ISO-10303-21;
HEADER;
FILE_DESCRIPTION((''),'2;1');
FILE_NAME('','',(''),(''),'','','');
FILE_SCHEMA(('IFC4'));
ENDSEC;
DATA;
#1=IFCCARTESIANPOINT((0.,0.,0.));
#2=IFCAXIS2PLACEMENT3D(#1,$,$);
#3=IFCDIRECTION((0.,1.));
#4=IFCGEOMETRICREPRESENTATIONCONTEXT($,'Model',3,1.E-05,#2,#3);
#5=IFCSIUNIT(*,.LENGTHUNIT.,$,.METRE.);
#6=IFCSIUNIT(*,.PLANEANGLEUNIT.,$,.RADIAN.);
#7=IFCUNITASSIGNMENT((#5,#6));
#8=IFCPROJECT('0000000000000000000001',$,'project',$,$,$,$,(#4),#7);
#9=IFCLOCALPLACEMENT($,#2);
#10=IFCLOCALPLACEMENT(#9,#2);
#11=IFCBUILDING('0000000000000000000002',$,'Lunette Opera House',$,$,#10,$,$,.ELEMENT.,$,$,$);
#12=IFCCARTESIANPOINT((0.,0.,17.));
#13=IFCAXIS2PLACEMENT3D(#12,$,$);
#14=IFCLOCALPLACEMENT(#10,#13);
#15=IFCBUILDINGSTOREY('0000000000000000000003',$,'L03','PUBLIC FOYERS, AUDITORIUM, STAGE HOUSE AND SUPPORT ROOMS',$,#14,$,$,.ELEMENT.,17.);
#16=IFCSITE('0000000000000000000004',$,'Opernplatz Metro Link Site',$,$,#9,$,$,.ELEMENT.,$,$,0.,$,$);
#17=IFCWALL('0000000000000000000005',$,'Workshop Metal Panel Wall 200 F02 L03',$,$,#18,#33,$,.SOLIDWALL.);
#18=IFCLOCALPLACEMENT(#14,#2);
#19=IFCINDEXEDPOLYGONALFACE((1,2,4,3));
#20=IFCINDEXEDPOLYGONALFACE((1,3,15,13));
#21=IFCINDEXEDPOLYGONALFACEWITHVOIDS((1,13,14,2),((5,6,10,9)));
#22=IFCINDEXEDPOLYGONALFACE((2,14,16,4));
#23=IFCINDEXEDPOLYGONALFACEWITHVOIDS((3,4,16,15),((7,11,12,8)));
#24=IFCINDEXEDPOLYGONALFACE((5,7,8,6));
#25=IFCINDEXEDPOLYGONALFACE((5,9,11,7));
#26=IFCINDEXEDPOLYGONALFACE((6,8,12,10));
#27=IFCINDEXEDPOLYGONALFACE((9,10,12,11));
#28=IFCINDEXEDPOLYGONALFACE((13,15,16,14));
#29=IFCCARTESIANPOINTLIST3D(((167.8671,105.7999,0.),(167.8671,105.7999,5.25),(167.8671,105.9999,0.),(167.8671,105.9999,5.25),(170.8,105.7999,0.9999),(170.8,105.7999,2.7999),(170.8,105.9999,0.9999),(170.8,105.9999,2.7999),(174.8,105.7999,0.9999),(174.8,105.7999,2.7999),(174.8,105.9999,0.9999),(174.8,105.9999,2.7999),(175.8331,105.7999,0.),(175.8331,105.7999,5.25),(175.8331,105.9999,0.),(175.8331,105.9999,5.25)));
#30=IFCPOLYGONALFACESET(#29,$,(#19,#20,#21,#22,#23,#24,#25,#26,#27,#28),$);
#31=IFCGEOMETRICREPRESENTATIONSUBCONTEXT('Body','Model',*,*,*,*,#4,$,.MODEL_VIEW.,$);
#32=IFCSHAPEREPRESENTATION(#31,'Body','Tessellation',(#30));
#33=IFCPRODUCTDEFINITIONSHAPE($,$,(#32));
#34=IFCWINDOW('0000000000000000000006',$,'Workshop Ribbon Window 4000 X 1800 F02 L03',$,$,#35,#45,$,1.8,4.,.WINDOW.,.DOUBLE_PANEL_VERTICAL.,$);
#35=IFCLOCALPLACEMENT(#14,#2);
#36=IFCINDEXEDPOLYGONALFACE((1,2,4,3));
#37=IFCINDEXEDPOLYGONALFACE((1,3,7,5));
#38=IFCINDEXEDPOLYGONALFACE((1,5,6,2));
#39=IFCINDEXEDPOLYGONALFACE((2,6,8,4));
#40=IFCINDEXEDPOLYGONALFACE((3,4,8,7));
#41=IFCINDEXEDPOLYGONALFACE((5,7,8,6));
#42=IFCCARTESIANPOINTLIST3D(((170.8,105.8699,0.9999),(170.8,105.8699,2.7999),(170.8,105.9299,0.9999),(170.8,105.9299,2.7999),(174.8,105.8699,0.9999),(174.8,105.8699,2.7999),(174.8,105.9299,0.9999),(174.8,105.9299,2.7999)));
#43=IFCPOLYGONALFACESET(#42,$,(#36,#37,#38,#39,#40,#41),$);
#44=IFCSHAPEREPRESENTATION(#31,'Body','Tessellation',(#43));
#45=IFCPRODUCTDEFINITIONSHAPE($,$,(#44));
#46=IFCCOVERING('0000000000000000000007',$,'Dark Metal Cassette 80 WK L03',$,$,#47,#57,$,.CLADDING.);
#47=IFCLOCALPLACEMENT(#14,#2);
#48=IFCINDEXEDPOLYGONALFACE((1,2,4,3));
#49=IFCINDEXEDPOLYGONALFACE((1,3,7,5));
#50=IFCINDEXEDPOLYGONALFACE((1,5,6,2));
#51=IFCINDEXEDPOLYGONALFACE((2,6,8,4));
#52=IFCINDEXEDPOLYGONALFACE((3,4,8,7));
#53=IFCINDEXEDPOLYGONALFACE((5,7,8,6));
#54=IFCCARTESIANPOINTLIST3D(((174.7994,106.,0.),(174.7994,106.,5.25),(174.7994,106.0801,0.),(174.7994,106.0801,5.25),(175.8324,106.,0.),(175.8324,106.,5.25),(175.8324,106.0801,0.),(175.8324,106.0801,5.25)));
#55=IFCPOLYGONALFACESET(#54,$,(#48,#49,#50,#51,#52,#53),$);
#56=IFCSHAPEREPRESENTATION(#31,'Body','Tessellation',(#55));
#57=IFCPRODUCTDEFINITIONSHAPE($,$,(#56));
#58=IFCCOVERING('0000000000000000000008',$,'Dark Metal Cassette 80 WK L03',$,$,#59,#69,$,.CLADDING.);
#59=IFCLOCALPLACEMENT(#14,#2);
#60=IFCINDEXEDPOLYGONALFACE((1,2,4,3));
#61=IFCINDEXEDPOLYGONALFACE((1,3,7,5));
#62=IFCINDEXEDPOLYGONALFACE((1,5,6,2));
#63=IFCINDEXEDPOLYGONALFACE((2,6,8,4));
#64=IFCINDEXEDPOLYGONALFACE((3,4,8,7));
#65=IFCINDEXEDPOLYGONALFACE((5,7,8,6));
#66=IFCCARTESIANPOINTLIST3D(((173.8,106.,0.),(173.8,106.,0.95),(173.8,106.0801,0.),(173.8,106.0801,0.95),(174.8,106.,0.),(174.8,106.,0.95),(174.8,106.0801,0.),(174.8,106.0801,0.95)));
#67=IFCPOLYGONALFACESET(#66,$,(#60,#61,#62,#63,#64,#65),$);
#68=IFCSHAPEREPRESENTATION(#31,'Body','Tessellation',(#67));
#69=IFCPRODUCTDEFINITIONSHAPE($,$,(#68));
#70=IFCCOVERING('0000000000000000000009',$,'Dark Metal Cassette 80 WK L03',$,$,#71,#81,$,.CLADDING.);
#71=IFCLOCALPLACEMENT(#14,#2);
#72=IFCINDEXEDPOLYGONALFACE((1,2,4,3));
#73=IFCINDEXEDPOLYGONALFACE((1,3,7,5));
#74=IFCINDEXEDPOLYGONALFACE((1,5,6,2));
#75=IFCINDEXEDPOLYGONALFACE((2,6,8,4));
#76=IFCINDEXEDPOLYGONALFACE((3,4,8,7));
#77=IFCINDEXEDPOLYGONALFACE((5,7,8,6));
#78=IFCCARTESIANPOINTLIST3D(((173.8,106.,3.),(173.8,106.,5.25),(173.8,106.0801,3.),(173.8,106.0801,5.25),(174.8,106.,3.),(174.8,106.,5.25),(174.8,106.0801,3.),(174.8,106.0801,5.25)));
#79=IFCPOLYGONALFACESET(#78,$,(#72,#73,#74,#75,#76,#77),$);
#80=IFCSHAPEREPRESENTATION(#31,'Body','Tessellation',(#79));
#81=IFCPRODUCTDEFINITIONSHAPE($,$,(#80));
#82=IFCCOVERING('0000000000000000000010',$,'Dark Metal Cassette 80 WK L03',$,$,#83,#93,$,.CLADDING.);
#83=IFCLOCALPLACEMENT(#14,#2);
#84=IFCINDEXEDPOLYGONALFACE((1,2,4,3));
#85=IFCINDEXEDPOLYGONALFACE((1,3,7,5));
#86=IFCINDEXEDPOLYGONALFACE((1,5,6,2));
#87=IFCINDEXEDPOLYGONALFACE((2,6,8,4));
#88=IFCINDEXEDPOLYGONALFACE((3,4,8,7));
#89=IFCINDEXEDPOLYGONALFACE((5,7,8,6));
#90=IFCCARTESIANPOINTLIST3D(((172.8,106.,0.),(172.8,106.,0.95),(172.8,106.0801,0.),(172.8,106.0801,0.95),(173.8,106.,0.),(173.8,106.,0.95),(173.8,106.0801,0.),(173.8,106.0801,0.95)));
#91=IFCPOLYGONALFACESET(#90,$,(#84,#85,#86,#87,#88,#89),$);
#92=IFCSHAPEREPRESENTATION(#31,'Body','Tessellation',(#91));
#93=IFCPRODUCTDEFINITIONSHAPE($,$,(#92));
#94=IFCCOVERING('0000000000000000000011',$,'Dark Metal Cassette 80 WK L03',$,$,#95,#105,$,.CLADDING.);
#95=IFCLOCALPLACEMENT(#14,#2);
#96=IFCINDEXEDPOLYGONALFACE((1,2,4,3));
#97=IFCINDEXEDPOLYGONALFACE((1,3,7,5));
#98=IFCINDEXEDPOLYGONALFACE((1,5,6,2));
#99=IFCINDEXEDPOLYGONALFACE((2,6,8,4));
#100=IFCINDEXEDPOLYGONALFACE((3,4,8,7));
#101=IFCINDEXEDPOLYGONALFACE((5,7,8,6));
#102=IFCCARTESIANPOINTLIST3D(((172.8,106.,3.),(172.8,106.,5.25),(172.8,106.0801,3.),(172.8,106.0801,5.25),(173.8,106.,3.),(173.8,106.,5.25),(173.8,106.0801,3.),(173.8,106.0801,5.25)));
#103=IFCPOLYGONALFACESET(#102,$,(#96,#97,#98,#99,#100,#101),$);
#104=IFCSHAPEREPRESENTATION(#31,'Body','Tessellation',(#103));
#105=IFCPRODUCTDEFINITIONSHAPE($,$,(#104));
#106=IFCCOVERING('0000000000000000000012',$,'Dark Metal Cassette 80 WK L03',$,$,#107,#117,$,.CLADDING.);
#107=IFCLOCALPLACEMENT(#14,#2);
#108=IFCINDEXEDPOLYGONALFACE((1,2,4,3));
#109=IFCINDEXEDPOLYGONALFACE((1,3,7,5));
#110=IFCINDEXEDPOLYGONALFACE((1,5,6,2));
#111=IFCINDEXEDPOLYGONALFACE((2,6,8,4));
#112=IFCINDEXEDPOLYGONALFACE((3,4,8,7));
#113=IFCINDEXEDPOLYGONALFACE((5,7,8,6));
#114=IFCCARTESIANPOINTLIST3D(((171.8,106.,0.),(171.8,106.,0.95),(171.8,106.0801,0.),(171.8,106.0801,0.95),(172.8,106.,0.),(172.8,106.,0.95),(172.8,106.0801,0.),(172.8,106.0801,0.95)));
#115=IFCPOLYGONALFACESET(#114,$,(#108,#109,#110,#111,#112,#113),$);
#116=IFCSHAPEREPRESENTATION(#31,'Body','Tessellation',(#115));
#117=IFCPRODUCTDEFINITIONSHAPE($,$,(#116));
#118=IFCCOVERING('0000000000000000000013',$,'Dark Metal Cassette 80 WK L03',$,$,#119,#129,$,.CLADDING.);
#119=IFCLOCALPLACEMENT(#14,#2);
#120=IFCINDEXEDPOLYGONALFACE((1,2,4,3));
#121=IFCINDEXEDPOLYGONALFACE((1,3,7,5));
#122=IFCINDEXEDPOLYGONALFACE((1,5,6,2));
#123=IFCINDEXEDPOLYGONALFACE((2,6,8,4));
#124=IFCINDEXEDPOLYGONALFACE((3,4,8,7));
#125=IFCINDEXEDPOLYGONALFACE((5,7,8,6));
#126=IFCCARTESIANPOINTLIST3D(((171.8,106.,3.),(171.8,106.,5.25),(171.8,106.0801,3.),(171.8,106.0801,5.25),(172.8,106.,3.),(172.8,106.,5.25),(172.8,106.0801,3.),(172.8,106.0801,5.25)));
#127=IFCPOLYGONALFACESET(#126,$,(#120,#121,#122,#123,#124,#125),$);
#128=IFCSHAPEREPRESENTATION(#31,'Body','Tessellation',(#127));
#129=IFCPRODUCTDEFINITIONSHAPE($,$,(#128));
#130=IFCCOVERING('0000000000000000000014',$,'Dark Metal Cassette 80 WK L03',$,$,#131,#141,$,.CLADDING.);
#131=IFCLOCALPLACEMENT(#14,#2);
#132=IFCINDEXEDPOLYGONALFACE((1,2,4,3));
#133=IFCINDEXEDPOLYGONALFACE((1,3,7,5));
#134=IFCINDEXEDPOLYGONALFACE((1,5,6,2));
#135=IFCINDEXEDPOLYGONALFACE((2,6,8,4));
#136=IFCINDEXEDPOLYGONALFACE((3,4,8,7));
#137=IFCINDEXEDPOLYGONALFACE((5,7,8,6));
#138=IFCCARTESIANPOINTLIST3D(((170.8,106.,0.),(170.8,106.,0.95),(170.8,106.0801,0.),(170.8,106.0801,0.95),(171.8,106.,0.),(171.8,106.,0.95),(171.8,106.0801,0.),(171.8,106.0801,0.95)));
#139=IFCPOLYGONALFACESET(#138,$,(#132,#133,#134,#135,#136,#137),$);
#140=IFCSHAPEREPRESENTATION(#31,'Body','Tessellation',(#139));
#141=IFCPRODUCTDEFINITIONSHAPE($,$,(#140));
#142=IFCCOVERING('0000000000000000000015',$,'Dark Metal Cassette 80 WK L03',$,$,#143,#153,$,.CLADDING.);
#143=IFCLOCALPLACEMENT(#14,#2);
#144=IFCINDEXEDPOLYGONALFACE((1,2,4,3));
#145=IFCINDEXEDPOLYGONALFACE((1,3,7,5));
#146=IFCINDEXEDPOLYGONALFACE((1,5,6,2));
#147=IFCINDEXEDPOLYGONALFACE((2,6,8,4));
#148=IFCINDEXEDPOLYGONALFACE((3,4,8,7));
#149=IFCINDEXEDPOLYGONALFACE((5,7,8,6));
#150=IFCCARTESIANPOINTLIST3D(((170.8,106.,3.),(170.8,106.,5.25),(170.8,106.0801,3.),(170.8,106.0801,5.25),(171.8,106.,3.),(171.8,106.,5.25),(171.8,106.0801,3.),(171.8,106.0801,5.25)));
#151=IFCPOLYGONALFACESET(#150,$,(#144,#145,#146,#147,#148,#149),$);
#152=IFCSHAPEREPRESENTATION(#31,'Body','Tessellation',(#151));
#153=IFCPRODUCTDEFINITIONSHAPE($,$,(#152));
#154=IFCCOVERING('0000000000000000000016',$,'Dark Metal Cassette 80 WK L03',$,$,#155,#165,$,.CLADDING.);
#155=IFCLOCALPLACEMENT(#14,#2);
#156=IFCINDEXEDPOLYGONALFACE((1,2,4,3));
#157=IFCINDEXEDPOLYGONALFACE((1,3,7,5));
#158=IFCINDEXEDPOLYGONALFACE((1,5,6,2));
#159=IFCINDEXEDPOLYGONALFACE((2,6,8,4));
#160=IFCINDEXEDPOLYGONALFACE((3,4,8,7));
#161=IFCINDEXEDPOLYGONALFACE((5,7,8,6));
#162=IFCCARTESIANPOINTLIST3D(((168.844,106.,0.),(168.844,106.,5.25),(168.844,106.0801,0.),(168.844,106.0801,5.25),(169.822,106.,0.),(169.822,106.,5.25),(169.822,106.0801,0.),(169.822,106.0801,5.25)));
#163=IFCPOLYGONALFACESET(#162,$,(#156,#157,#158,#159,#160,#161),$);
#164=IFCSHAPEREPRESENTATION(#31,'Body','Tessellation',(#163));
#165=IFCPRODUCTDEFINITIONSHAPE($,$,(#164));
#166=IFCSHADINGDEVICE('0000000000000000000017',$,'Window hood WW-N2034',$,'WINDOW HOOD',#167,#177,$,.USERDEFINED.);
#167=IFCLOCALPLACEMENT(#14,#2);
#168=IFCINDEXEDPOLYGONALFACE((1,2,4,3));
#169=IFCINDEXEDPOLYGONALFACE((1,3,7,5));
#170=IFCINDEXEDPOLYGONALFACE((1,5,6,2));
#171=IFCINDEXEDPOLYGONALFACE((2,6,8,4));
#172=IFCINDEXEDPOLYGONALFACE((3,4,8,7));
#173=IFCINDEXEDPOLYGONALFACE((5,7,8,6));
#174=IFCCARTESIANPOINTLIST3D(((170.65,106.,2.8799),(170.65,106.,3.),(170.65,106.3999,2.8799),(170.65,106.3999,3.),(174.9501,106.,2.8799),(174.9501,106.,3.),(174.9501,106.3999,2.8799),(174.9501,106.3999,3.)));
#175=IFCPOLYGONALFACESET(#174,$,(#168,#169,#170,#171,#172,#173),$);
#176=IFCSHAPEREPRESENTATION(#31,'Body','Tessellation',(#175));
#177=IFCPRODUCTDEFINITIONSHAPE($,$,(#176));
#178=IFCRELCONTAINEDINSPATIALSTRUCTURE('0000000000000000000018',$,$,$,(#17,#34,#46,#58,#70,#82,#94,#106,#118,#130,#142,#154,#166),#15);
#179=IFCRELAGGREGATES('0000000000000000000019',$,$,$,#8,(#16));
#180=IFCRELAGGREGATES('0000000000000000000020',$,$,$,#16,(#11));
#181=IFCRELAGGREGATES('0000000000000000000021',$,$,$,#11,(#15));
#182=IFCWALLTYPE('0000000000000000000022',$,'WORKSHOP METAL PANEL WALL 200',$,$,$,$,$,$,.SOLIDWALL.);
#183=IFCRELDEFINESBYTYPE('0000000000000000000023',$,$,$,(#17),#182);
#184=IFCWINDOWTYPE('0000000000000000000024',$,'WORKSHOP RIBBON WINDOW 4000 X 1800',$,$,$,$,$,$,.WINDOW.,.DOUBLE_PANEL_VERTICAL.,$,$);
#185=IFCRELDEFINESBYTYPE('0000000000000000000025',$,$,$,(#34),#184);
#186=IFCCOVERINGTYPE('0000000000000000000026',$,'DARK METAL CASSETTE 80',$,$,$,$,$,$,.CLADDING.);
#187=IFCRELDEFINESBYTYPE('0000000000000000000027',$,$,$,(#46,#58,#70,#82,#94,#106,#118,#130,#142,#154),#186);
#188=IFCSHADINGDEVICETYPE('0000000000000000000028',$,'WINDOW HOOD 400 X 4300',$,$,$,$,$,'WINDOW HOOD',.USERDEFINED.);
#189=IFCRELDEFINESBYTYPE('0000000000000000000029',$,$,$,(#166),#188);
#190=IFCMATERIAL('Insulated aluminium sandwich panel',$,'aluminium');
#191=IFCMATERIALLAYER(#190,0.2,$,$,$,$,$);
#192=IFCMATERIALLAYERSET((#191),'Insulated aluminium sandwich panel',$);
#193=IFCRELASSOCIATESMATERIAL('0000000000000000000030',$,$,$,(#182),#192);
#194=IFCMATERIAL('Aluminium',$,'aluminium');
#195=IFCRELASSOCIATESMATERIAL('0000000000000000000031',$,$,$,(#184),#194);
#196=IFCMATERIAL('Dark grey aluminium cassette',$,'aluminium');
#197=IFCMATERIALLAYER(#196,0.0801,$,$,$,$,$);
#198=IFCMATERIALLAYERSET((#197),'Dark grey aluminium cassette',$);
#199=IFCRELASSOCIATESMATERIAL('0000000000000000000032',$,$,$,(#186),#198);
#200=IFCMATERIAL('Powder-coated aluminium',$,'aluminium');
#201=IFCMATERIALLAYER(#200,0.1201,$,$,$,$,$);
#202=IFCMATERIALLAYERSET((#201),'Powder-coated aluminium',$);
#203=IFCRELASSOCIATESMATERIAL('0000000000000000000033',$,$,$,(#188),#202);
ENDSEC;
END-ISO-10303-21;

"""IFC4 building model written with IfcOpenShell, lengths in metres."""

from ifc_helpers import new_model, si_unit, direction, frame, frame_2d, origin, origin_2d, place, context, subcontext, project, spatial, rectangle, extrude, material, layer, layer_set, type_object, element, fill, save


model = new_model("IFC4")

# Units and contexts
model_context = context("Model", 3, precision=1e-05, world=origin(), true_north=direction((0.0, 1.0)))
body_context = subcontext(model_context, "Body", "Model", "MODEL_VIEW")
ifc_project = project(units=[si_unit("LENGTHUNIT", "METRE"), si_unit("PLANEANGLEUNIT", "RADIAN")], contexts=[model_context])

# Site, building, storey
site_placement = place(None, origin())
site = spatial("IfcSite", under=ifc_project, at=site_placement, Name="Opernplatz Metro Link Site", CompositionType="ELEMENT", RefElevation=0.0)
building_placement = place(site_placement, origin())
building = spatial("IfcBuilding", under=site, at=building_placement, Name="Lunette Opera House", CompositionType="ELEMENT")
storey_placement = place(building_placement, frame((0.0, 0.0, 17.0)))
storey = spatial("IfcBuildingStorey", under=building, at=storey_placement, Name="L03", Description="PUBLIC FOYERS, AUDITORIUM, STAGE HOUSE AND SUPPORT ROOMS", CompositionType="ELEMENT", Elevation=17.0)

# Wall, opening, window
ifc_material_1 = material(Name="Insulated aluminium sandwich panel", Category="aluminium")
ifc_layer_1 = layer(ifc_material_1, 0.2)
ifc_layer_set_1 = layer_set([ifc_layer_1], Name="Insulated aluminium sandwich panel")
wall_type_1 = type_object("IfcWallType", Name="WORKSHOP METAL PANEL WALL 200", PredefinedType="SOLIDWALL", material=ifc_layer_set_1)
wall_1_placement = place(storey_placement, frame((175.833, 105.8999, 0.0), z_axis=(0.0, 0.0, 1.0), x_axis=(-1.0, 0.0, 0.0)))
wall_1 = element("IfcWall", 1, at=wall_1_placement, inside=storey, type_object=wall_type_1, Name="Workshop Metal Panel Wall 200 F02 L03", PredefinedType="SOLIDWALL", context=body_context, shape_type="SweptSolid", body=[
    extrude(rectangle(XDim=7.9661, YDim=0.2, at=frame_2d((3.9829, 0.0))), origin(), (0.0, 0.0, 1.0), 5.25),
])
opening_placement = place(wall_1_placement, frame((1.033, 0.0, 1.0)))
opening = element("IfcOpeningElement", 2, at=opening_placement, cuts=wall_1, PredefinedType="OPENING", context=body_context, shape_type="SweptSolid", body=[
    extrude(rectangle(XDim=4.0, YDim=1.8, at=frame_2d((2.0, 0.8999))), frame((0.0, 0.1121, 0.0), z_axis=(0.0, -1.0, 0.0), x_axis=(1.0, 0.0, 0.0)), (0.0, 0.0, 1.0), 0.2239),
])
ifc_material_2 = material(Name="Aluminium", Category="aluminium")
window_type = type_object("IfcWindowType", Name="WORKSHOP RIBBON WINDOW 4000 X 1800", PartitioningType="DOUBLE_PANEL_VERTICAL", PredefinedType="WINDOW", material=ifc_material_2)
window_placement = place(opening_placement, origin())
window = element("IfcWindow", 3, at=window_placement, inside=storey, type_object=window_type, Name="Workshop Ribbon Window 4000 X 1800 F02 L03", OverallHeight=1.8, OverallWidth=4.0, PartitioningType="DOUBLE_PANEL_VERTICAL", PredefinedType="WINDOW", context=body_context, shape_type="SweptSolid", body=[
    extrude(rectangle(XDim=4.0, YDim=1.8, at=frame_2d((2.0, 0.8999))), frame((0.0, 0.03, 0.0), z_axis=(0.0, -1.0, 0.0), x_axis=(1.0, 0.0, 0.0)), (0.0, 0.0, 1.0), 0.0601),
])
fill(opening, window)

# Coverings
ifc_material_3 = material(Name="Dark grey aluminium cassette", Category="aluminium")
ifc_layer_2 = layer(ifc_material_3, 0.0801)
ifc_layer_set_2 = layer_set([ifc_layer_2], Name="Dark grey aluminium cassette")
covering_type = type_object("IfcCoveringType", Name="DARK METAL CASSETTE 80", PredefinedType="CLADDING", material=ifc_layer_set_2)
covering_1_placement = place(storey_placement, frame((175.3159, 106.04, 0.0), z_axis=(0.0, 0.0, 1.0), x_axis=(-1.0, 0.0, 0.0)))
element("IfcCovering", 4, at=covering_1_placement, inside=storey, type_object=covering_type, Name="Dark Metal Cassette 80 WK L03", PredefinedType="CLADDING", context=body_context, shape_type="SweptSolid", body=[
    extrude(rectangle(XDim=1.033, YDim=0.0801, at=origin_2d()), origin(), (0.0, 0.0, 1.0), 5.25),
])
covering_2_placement = place(storey_placement, frame((174.3, 106.04, 0.0), z_axis=(0.0, 0.0, 1.0), x_axis=(-1.0, 0.0, 0.0)))
element("IfcCovering", 5, at=covering_2_placement, inside=storey, type_object=covering_type, Name="Dark Metal Cassette 80 WK L03", PredefinedType="CLADDING", context=body_context, shape_type="SweptSolid", body=[
    extrude(rectangle(XDim=1.0, YDim=0.0801, at=origin_2d()), origin(), (0.0, 0.0, 1.0), 0.95),
])
covering_3_placement = place(storey_placement, frame((174.3, 106.04, 3.0), z_axis=(0.0, 0.0, 1.0), x_axis=(-1.0, 0.0, 0.0)))
element("IfcCovering", 6, at=covering_3_placement, inside=storey, type_object=covering_type, Name="Dark Metal Cassette 80 WK L03", PredefinedType="CLADDING", context=body_context, shape_type="SweptSolid", body=[
    extrude(rectangle(XDim=1.0, YDim=0.0801, at=origin_2d()), origin(), (0.0, 0.0, 1.0), 2.25),
])
covering_4_placement = place(storey_placement, frame((173.3, 106.04, 0.0), z_axis=(0.0, 0.0, 1.0), x_axis=(-1.0, 0.0, 0.0)))
element("IfcCovering", 7, at=covering_4_placement, inside=storey, type_object=covering_type, Name="Dark Metal Cassette 80 WK L03", PredefinedType="CLADDING", context=body_context, shape_type="SweptSolid", body=[
    extrude(rectangle(XDim=1.0, YDim=0.0801, at=origin_2d()), origin(), (0.0, 0.0, 1.0), 0.95),
])
covering_5_placement = place(storey_placement, frame((173.3, 106.04, 3.0), z_axis=(0.0, 0.0, 1.0), x_axis=(-1.0, 0.0, 0.0)))
element("IfcCovering", 8, at=covering_5_placement, inside=storey, type_object=covering_type, Name="Dark Metal Cassette 80 WK L03", PredefinedType="CLADDING", context=body_context, shape_type="SweptSolid", body=[
    extrude(rectangle(XDim=1.0, YDim=0.0801, at=origin_2d()), origin(), (0.0, 0.0, 1.0), 2.25),
])
covering_6_placement = place(storey_placement, frame((172.3, 106.04, 0.0), z_axis=(0.0, 0.0, 1.0), x_axis=(-1.0, 0.0, 0.0)))
element("IfcCovering", 9, at=covering_6_placement, inside=storey, type_object=covering_type, Name="Dark Metal Cassette 80 WK L03", PredefinedType="CLADDING", context=body_context, shape_type="SweptSolid", body=[
    extrude(rectangle(XDim=1.0, YDim=0.0801, at=origin_2d()), origin(), (0.0, 0.0, 1.0), 0.95),
])
covering_7_placement = place(storey_placement, frame((172.3, 106.04, 3.0), z_axis=(0.0, 0.0, 1.0), x_axis=(-1.0, 0.0, 0.0)))
element("IfcCovering", 10, at=covering_7_placement, inside=storey, type_object=covering_type, Name="Dark Metal Cassette 80 WK L03", PredefinedType="CLADDING", context=body_context, shape_type="SweptSolid", body=[
    extrude(rectangle(XDim=1.0, YDim=0.0801, at=origin_2d()), origin(), (0.0, 0.0, 1.0), 2.25),
])
covering_8_placement = place(storey_placement, frame((171.3, 106.04, 0.0), z_axis=(0.0, 0.0, 1.0), x_axis=(-1.0, 0.0, 0.0)))
element("IfcCovering", 11, at=covering_8_placement, inside=storey, type_object=covering_type, Name="Dark Metal Cassette 80 WK L03", PredefinedType="CLADDING", context=body_context, shape_type="SweptSolid", body=[
    extrude(rectangle(XDim=1.0, YDim=0.0801, at=origin_2d()), origin(), (0.0, 0.0, 1.0), 0.95),
])
covering_9_placement = place(storey_placement, frame((171.3, 106.04, 3.0), z_axis=(0.0, 0.0, 1.0), x_axis=(-1.0, 0.0, 0.0)))
element("IfcCovering", 12, at=covering_9_placement, inside=storey, type_object=covering_type, Name="Dark Metal Cassette 80 WK L03", PredefinedType="CLADDING", context=body_context, shape_type="SweptSolid", body=[
    extrude(rectangle(XDim=1.0, YDim=0.0801, at=origin_2d()), origin(), (0.0, 0.0, 1.0), 2.25),
])
covering_10_placement = place(storey_placement, frame((169.333, 106.04, 0.0), z_axis=(0.0, 0.0, 1.0), x_axis=(-1.0, 0.0, 0.0)))
element("IfcCovering", 13, at=covering_10_placement, inside=storey, type_object=covering_type, Name="Dark Metal Cassette 80 WK L03", PredefinedType="CLADDING", context=body_context, shape_type="SweptSolid", body=[
    extrude(rectangle(XDim=0.978, YDim=0.0801, at=origin_2d()), origin(), (0.0, 0.0, 1.0), 5.25),
])

# Shading device
ifc_material_4 = material(Name="Powder-coated aluminium", Category="aluminium")
ifc_layer_3 = layer(ifc_material_4, 0.1201)
ifc_layer_set_3 = layer_set([ifc_layer_3], Name="Powder-coated aluminium")
shading_device_type = type_object("IfcShadingDeviceType", Name="WINDOW HOOD 400 X 4300", ElementType="WINDOW HOOD", PredefinedType="USERDEFINED", material=ifc_layer_set_3)
shading_device_placement = place(storey_placement, frame((172.8, 106.2, 2.8799), z_axis=(0.0, 0.0, 1.0), x_axis=(0.0, 1.0, 0.0)))
element("IfcShadingDevice", 14, at=shading_device_placement, inside=storey, type_object=shading_device_type, Name="Window hood WW-N2034", ObjectType="WINDOW HOOD", PredefinedType="USERDEFINED", context=body_context, shape_type="SweptSolid", body=[
    extrude(rectangle(XDim=0.3999, YDim=4.3, at=origin_2d()), origin(), (0.0, 0.0, 1.0), 0.1201),
])

save(model, "model.ifc")
